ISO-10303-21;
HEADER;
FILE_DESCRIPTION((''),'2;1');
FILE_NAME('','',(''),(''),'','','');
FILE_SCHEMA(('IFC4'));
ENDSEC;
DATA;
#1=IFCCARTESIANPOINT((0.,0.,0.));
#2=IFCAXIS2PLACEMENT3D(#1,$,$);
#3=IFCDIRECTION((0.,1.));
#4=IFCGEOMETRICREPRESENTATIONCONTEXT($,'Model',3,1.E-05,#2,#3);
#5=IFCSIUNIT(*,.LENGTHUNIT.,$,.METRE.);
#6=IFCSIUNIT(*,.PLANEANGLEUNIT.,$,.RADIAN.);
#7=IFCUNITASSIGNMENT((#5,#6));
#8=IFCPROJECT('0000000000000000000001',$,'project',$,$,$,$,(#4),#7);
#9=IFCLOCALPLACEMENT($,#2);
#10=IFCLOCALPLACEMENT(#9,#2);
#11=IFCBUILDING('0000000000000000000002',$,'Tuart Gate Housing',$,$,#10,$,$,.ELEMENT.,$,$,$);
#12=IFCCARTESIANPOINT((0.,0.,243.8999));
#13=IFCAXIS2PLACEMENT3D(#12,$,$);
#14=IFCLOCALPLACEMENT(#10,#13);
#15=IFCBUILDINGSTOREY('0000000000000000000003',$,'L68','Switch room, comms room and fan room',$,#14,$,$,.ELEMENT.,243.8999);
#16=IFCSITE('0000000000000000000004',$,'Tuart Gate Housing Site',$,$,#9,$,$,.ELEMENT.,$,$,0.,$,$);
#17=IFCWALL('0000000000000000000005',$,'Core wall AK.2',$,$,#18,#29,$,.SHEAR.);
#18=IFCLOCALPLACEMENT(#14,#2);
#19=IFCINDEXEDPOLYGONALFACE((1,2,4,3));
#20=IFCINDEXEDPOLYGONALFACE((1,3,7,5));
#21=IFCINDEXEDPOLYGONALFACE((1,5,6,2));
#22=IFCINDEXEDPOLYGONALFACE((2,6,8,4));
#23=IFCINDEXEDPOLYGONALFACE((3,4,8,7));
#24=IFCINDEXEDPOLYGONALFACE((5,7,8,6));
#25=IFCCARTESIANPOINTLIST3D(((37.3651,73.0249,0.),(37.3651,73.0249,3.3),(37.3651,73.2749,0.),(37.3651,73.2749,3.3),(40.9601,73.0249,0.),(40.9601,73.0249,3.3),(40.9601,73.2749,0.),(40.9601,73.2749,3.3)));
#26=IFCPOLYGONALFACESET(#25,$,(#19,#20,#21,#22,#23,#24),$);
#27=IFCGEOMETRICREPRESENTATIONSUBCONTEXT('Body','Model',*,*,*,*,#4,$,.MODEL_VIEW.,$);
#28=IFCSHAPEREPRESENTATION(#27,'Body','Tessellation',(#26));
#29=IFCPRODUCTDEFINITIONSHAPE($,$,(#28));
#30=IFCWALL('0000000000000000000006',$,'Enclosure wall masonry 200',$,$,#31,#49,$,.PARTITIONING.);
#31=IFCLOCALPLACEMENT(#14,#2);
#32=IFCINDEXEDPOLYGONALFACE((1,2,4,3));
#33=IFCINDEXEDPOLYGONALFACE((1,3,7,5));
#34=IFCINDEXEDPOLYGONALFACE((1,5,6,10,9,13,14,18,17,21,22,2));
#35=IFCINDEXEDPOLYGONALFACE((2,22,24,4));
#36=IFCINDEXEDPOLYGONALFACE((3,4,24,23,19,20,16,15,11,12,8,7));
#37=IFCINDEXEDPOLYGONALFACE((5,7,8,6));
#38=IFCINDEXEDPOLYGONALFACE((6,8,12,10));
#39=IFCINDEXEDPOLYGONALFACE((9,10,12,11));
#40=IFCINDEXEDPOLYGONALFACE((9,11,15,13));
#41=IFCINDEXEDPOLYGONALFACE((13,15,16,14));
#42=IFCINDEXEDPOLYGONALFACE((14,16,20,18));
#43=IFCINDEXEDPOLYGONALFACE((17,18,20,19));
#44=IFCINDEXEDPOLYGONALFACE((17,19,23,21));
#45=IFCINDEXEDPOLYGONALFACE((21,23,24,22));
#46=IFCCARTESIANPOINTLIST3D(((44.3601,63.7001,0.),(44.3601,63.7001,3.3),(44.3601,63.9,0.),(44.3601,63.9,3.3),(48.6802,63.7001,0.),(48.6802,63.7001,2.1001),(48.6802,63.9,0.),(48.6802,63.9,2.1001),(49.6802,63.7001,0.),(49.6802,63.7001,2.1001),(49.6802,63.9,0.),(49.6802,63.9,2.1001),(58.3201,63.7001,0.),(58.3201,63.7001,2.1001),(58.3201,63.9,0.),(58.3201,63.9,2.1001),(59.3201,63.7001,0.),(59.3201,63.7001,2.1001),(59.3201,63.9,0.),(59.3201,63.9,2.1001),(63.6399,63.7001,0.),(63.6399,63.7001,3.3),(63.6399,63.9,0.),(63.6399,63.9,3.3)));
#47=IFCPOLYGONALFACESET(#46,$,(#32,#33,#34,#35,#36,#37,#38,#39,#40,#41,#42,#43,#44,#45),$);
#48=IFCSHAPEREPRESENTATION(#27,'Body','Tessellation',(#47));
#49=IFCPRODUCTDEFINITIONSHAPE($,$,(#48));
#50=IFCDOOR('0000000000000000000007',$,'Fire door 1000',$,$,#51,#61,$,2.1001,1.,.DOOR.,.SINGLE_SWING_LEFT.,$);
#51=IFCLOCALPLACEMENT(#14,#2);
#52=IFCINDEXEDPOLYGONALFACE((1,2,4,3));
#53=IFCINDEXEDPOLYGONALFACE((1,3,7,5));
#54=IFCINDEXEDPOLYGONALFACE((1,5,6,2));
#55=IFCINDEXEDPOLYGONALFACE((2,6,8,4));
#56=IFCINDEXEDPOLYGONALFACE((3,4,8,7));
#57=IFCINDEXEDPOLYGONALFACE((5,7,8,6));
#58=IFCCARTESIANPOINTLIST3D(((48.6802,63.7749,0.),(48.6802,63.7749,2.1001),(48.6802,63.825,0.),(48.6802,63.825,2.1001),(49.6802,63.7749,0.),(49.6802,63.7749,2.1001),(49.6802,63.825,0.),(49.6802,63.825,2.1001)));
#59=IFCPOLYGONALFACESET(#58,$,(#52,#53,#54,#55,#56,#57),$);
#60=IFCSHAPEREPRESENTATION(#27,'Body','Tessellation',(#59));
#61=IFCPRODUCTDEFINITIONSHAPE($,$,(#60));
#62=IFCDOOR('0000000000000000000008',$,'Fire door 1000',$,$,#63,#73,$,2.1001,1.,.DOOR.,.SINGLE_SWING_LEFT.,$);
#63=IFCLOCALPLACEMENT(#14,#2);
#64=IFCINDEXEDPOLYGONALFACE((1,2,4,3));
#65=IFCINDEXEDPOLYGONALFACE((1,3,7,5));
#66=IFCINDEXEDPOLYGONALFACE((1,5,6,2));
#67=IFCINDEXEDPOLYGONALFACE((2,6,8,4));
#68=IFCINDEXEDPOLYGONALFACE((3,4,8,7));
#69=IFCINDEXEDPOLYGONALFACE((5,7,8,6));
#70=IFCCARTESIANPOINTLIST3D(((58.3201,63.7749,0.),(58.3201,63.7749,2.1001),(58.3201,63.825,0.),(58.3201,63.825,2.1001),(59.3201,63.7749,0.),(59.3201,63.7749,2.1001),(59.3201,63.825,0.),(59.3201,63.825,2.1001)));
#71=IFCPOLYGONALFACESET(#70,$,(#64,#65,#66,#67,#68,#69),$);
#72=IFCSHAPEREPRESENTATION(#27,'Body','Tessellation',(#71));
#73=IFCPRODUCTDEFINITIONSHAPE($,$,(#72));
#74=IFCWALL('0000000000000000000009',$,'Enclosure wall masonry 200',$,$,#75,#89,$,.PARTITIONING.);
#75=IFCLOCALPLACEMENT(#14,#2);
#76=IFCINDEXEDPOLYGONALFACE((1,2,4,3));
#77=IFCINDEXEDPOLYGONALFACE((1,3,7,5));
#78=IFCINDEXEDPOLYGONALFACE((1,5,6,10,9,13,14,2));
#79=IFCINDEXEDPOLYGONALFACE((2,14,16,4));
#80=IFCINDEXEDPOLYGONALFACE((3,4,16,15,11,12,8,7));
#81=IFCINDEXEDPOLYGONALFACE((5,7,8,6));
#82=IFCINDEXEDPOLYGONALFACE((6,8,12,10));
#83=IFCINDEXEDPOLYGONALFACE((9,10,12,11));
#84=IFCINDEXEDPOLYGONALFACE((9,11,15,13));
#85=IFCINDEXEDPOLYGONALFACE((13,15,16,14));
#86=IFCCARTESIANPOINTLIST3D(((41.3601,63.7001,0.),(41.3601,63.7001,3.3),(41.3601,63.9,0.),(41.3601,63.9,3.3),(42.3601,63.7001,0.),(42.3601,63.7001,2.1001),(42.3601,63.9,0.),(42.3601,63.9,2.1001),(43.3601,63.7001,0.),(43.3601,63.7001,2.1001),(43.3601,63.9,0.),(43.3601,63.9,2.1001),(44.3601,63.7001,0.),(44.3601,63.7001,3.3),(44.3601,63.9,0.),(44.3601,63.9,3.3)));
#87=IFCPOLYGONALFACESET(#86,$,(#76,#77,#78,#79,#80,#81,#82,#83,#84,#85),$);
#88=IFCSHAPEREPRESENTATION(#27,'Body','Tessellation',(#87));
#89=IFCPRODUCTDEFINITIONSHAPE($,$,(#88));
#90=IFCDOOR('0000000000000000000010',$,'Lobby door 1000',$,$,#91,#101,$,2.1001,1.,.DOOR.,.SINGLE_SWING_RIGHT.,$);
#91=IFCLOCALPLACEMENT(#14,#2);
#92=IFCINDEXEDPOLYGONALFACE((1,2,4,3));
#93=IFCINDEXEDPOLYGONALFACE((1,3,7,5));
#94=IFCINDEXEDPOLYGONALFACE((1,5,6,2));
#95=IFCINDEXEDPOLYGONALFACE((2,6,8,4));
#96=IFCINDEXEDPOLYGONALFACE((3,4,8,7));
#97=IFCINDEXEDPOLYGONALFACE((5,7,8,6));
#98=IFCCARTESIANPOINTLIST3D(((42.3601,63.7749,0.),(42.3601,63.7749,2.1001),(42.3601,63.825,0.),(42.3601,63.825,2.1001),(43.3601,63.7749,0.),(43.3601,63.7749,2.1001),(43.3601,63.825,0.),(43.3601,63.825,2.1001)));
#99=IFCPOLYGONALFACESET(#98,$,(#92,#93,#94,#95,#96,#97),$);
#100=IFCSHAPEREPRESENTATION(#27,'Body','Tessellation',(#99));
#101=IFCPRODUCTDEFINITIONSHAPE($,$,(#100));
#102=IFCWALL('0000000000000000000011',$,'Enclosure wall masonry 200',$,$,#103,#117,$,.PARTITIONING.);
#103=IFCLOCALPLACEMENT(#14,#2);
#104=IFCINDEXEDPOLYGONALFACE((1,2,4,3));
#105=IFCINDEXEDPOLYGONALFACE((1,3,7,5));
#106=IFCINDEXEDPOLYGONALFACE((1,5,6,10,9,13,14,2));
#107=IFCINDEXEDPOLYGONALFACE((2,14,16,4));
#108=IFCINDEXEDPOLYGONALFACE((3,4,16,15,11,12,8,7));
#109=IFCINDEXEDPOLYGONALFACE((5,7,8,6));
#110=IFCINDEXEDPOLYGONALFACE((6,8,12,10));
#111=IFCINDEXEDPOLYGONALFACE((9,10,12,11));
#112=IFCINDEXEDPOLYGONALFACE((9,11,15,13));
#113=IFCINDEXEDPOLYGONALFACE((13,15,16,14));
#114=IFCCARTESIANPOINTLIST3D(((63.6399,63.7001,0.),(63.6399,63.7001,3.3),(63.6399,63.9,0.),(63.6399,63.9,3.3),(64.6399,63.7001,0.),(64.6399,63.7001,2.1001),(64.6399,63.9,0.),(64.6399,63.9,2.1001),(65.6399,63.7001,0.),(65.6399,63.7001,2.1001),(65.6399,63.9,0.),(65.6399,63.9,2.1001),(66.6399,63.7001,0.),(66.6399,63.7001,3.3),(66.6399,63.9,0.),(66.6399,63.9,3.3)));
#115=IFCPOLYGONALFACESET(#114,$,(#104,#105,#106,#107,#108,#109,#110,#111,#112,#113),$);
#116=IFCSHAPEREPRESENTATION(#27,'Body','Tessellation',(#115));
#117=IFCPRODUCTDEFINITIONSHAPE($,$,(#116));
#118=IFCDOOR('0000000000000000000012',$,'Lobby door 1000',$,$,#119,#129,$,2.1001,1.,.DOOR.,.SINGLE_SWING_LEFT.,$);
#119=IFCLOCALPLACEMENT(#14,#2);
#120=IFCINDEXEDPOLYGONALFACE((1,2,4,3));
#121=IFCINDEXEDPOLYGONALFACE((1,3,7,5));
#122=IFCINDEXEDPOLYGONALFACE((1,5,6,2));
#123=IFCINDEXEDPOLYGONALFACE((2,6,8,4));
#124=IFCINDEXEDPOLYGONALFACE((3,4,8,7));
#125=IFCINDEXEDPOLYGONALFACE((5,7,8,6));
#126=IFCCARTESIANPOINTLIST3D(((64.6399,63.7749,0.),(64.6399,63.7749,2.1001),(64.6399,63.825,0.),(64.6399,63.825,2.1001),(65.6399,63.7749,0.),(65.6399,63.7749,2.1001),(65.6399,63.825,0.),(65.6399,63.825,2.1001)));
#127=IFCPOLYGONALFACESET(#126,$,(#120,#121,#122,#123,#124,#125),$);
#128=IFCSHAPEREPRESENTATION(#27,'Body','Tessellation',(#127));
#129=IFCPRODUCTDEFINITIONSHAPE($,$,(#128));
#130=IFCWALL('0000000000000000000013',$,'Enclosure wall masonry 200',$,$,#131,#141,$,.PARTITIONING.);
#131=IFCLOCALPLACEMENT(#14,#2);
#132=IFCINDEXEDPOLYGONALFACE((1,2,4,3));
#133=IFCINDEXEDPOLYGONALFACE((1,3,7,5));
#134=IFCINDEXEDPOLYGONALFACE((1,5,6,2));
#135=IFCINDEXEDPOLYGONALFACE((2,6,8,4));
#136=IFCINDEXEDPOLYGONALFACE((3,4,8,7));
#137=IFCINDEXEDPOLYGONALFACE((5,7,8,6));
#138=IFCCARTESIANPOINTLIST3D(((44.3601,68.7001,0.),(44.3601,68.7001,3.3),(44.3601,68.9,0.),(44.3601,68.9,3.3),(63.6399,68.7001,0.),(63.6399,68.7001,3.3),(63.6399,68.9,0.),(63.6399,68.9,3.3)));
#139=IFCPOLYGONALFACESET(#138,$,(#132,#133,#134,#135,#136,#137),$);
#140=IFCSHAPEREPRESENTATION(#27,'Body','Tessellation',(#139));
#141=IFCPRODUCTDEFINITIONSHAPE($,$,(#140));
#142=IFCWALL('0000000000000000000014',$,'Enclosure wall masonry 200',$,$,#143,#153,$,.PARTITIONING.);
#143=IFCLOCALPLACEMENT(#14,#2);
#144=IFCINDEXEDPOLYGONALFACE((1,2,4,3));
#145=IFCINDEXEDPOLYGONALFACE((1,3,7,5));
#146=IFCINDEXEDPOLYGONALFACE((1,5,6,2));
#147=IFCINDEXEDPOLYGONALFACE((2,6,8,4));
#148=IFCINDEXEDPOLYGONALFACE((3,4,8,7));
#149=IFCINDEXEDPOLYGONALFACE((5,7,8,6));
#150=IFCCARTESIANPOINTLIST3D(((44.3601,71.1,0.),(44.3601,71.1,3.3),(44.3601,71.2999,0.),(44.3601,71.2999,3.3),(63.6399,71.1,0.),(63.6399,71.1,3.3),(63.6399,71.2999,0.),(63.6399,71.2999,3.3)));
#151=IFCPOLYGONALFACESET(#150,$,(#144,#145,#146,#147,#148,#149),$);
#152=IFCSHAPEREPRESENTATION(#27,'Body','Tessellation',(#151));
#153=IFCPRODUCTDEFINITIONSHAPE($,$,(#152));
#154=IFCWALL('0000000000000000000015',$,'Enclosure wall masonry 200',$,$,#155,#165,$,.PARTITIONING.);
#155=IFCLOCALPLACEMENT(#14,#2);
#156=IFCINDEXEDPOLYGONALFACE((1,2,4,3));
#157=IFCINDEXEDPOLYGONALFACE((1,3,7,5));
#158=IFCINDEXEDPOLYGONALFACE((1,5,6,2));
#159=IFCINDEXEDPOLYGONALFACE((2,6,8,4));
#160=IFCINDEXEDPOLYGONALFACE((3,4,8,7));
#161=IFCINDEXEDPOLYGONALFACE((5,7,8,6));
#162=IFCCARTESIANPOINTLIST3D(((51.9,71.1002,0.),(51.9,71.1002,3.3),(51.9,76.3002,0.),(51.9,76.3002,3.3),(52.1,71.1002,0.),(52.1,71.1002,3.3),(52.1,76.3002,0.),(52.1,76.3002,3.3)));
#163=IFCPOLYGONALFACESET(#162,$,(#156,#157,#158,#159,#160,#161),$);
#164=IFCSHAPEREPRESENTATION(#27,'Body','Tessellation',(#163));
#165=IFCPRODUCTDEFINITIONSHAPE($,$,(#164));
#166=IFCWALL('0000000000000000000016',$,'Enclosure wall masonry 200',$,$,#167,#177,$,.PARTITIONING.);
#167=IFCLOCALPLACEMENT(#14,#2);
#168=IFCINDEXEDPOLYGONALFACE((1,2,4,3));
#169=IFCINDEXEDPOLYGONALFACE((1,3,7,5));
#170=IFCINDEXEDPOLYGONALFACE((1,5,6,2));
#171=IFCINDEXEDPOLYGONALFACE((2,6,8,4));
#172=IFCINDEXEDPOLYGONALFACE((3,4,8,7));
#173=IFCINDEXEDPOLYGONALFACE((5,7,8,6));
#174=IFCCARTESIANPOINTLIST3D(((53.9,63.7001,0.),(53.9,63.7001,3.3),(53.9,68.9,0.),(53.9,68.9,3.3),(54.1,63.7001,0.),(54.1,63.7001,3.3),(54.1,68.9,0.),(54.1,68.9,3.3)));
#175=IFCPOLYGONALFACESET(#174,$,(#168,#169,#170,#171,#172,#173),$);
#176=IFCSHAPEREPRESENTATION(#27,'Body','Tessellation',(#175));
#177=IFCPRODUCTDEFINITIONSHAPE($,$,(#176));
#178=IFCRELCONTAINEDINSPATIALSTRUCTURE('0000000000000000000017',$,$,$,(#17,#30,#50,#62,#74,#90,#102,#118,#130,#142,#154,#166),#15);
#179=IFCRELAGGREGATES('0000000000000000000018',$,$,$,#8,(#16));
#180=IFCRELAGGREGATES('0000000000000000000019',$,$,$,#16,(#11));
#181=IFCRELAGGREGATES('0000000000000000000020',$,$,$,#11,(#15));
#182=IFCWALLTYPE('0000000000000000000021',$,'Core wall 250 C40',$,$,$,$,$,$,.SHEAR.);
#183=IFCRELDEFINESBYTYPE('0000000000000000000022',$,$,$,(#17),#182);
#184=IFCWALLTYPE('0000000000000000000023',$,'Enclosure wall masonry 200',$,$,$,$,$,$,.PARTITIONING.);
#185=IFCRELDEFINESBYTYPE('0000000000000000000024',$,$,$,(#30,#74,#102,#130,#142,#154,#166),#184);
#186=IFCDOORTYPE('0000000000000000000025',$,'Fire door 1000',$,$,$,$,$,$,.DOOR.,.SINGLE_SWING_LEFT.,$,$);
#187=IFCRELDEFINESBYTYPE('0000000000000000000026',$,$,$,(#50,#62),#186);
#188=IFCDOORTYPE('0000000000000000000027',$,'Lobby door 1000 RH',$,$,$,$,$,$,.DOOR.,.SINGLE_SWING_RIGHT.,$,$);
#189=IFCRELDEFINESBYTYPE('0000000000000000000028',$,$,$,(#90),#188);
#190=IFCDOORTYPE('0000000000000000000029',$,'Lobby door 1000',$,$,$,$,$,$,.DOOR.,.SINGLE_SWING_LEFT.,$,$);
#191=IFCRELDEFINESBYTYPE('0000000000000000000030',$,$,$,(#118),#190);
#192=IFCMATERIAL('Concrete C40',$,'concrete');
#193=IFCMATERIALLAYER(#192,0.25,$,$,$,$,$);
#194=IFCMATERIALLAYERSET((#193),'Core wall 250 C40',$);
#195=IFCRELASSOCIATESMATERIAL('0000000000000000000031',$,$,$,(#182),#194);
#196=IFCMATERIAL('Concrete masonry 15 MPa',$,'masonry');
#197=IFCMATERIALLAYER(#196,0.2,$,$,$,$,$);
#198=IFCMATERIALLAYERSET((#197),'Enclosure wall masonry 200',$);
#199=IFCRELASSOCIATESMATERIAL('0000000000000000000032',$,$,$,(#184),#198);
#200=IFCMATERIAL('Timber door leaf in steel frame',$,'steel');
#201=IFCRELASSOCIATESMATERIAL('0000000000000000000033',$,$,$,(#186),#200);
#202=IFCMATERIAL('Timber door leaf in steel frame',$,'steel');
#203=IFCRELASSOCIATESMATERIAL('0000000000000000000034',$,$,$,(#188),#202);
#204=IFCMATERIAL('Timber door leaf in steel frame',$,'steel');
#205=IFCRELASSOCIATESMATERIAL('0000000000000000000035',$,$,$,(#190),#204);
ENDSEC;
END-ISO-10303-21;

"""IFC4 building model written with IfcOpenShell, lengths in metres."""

from ifc_helpers import new_model, si_unit, direction, frame, frame_2d, origin, place, context, subcontext, project, spatial, rectangle, extrude, material, layer, layer_set, type_object, element, fill, save


model = new_model("IFC4")

# Units and contexts
model_context = context("Model", 3, precision=1e-05, world=origin(), true_north=direction((0.0, 1.0)))
body_context = subcontext(model_context, "Body", "Model", "MODEL_VIEW")
ifc_project = project(units=[si_unit("LENGTHUNIT", "METRE"), si_unit("PLANEANGLEUNIT", "RADIAN")], contexts=[model_context])

# Site, building, storey
site_placement = place(None, origin())
site = spatial("IfcSite", under=ifc_project, at=site_placement, Name="Tuart Gate Housing Site", CompositionType="ELEMENT", RefElevation=0.0)
building_placement = place(site_placement, origin())
building = spatial("IfcBuilding", under=site, at=building_placement, Name="Tuart Gate Housing", CompositionType="ELEMENT")
storey_placement = place(building_placement, frame((0.0, 0.0, 243.8999)))
storey = spatial("IfcBuildingStorey", under=building, at=storey_placement, Name="L68", Description="Switch room, comms room and fan room", CompositionType="ELEMENT", Elevation=243.8999)

# Wall
ifc_material_1 = material(Name="Concrete C40", Category="concrete")
ifc_layer_1 = layer(ifc_material_1, 0.25)
ifc_layer_set_1 = layer_set([ifc_layer_1], Name="Core wall 250 C40")
wall_type_1 = type_object("IfcWallType", Name="Core wall 250 C40", PredefinedType="SHEAR", material=ifc_layer_set_1)
wall_1_placement = place(storey_placement, frame((40.96, 73.1499, 0.0), z_axis=(0.0, 0.0, 1.0), x_axis=(-1.0, 0.0, 0.0)))
element("IfcWall", 1, at=wall_1_placement, inside=storey, type_object=wall_type_1, Name="Core wall AK.2", PredefinedType="SHEAR", context=body_context, shape_type="SweptSolid", body=[
    extrude(rectangle(XDim=3.595, YDim=0.25, at=frame_2d((1.7974, 0.0))), origin(), (0.0, 0.0, 1.0), 3.3),
])

# Wall, openings, doors
ifc_material_2 = material(Name="Concrete masonry 15 MPa", Category="masonry")
ifc_layer_2 = layer(ifc_material_2, 0.2)
ifc_layer_set_2 = layer_set([ifc_layer_2], Name="Enclosure wall masonry 200")
wall_type_2 = type_object("IfcWallType", Name="Enclosure wall masonry 200", PredefinedType="PARTITIONING", material=ifc_layer_set_2)
wall_2_placement = place(storey_placement, frame((44.3601, 63.8, 0.0), z_axis=(0.0, 0.0, 1.0), x_axis=(1.0, 0.0, 0.0)))
wall_2 = element("IfcWall", 2, at=wall_2_placement, inside=storey, type_object=wall_type_2, Name="Enclosure wall masonry 200", PredefinedType="PARTITIONING", context=body_context, shape_type="SweptSolid", body=[
    extrude(rectangle(XDim=19.2798, YDim=0.2, at=frame_2d((9.6399, 0.0))), origin(), (0.0, 0.0, 1.0), 3.3),
])
opening_1_placement = place(wall_2_placement, frame((4.3201, 0.0, 0.0)))
opening_1 = element("IfcOpeningElement", 3, at=opening_1_placement, cuts=wall_2, PredefinedType="OPENING", context=body_context, shape_type="SweptSolid", body=[
    extrude(rectangle(XDim=1.0, YDim=2.1001, at=frame_2d((0.5, 1.05))), frame((0.0, 0.1099, 0.0), z_axis=(0.0, -1.0, 0.0), x_axis=(1.0, 0.0, 0.0)), (0.0, 0.0, 1.0), 0.22),
])
opening_2_placement = place(wall_2_placement, frame((13.96, 0.0, 0.0)))
opening_2 = element("IfcOpeningElement", 4, at=opening_2_placement, cuts=wall_2, PredefinedType="OPENING", context=body_context, shape_type="SweptSolid", body=[
    extrude(rectangle(XDim=1.0, YDim=2.1001, at=frame_2d((0.5, 1.05))), frame((0.0, 0.1099, 0.0), z_axis=(0.0, -1.0, 0.0), x_axis=(1.0, 0.0, 0.0)), (0.0, 0.0, 1.0), 0.22),
])
ifc_material_3 = material(Name="Timber door leaf in steel frame", Category="steel")
door_type_1 = type_object("IfcDoorType", Name="Fire door 1000", OperationType="SINGLE_SWING_LEFT", PredefinedType="DOOR", material=ifc_material_3)
door_1_placement = place(opening_1_placement, origin())
door_1 = element("IfcDoor", 5, at=door_1_placement, inside=storey, type_object=door_type_1, Name="Fire door 1000", OperationType="SINGLE_SWING_LEFT", OverallHeight=2.1001, OverallWidth=1.0, PredefinedType="DOOR", context=body_context, shape_type="SweptSolid", body=[
    extrude(rectangle(XDim=1.0, YDim=2.1001, at=frame_2d((0.5, 1.05))), frame((0.0, 0.0249, 0.0), z_axis=(0.0, -1.0, 0.0), x_axis=(1.0, 0.0, 0.0)), (0.0, 0.0, 1.0), 0.05),
])
fill(opening_1, door_1)
door_2_placement = place(opening_2_placement, origin())
door_2 = element("IfcDoor", 6, at=door_2_placement, inside=storey, type_object=door_type_1, Name="Fire door 1000", OperationType="SINGLE_SWING_LEFT", OverallHeight=2.1001, OverallWidth=1.0, PredefinedType="DOOR", context=body_context, shape_type="SweptSolid", body=[
    extrude(rectangle(XDim=1.0, YDim=2.1001, at=frame_2d((0.5, 1.05))), frame((0.0, 0.0249, 0.0), z_axis=(0.0, -1.0, 0.0), x_axis=(1.0, 0.0, 0.0)), (0.0, 0.0, 1.0), 0.05),
])
fill(opening_2, door_2)

# Walls, openings, doors
wall_3_placement = place(storey_placement, frame((41.3601, 63.8, 0.0), z_axis=(0.0, 0.0, 1.0), x_axis=(1.0, 0.0, 0.0)))
wall_3 = element("IfcWall", 7, at=wall_3_placement, inside=storey, type_object=wall_type_2, Name="Enclosure wall masonry 200", PredefinedType="PARTITIONING", context=body_context, shape_type="SweptSolid", body=[
    extrude(rectangle(XDim=3.0, YDim=0.2, at=frame_2d((1.5, 0.0))), origin(), (0.0, 0.0, 1.0), 3.3),
])
opening_3_placement = place(wall_3_placement, frame((1.0, 0.0, 0.0)))
opening_3 = element("IfcOpeningElement", 8, at=opening_3_placement, cuts=wall_3, PredefinedType="OPENING", context=body_context, shape_type="SweptSolid", body=[
    extrude(rectangle(XDim=1.0, YDim=2.1001, at=frame_2d((0.5, 1.05))), frame((0.0, 0.1099, 0.0), z_axis=(0.0, -1.0, 0.0), x_axis=(1.0, 0.0, 0.0)), (0.0, 0.0, 1.0), 0.22),
])
ifc_material_4 = material(Name="Timber door leaf in steel frame", Category="steel")
door_type_2 = type_object("IfcDoorType", Name="Lobby door 1000 RH", OperationType="SINGLE_SWING_RIGHT", PredefinedType="DOOR", material=ifc_material_4)
door_3_placement = place(opening_3_placement, origin())
door_3 = element("IfcDoor", 9, at=door_3_placement, inside=storey, type_object=door_type_2, Name="Lobby door 1000", OperationType="SINGLE_SWING_RIGHT", OverallHeight=2.1001, OverallWidth=1.0, PredefinedType="DOOR", context=body_context, shape_type="SweptSolid", body=[
    extrude(rectangle(XDim=1.0, YDim=2.1001, at=frame_2d((0.5, 1.05))), frame((0.0, 0.0249, 0.0), z_axis=(0.0, -1.0, 0.0), x_axis=(1.0, 0.0, 0.0)), (0.0, 0.0, 1.0), 0.05),
])
fill(opening_3, door_3)
wall_4_placement = place(storey_placement, frame((63.6399, 63.8, 0.0), z_axis=(0.0, 0.0, 1.0), x_axis=(1.0, 0.0, 0.0)))
wall_4 = element("IfcWall", 10, at=wall_4_placement, inside=storey, type_object=wall_type_2, Name="Enclosure wall masonry 200", PredefinedType="PARTITIONING", context=body_context, shape_type="SweptSolid", body=[
    extrude(rectangle(XDim=3.0, YDim=0.2, at=frame_2d((1.5, 0.0))), origin(), (0.0, 0.0, 1.0), 3.3),
])
opening_4_placement = place(wall_4_placement, frame((1.0, 0.0, 0.0)))
opening_4 = element("IfcOpeningElement", 11, at=opening_4_placement, cuts=wall_4, PredefinedType="OPENING", context=body_context, shape_type="SweptSolid", body=[
    extrude(rectangle(XDim=1.0, YDim=2.1001, at=frame_2d((0.5, 1.05))), frame((0.0, 0.1099, 0.0), z_axis=(0.0, -1.0, 0.0), x_axis=(1.0, 0.0, 0.0)), (0.0, 0.0, 1.0), 0.22),
])
ifc_material_5 = material(Name="Timber door leaf in steel frame", Category="steel")
door_type_3 = type_object("IfcDoorType", Name="Lobby door 1000", OperationType="SINGLE_SWING_LEFT", PredefinedType="DOOR", material=ifc_material_5)
door_4_placement = place(opening_4_placement, origin())
door_4 = element("IfcDoor", 12, at=door_4_placement, inside=storey, type_object=door_type_3, Name="Lobby door 1000", OperationType="SINGLE_SWING_LEFT", OverallHeight=2.1001, OverallWidth=1.0, PredefinedType="DOOR", context=body_context, shape_type="SweptSolid", body=[
    extrude(rectangle(XDim=1.0, YDim=2.1001, at=frame_2d((0.5, 1.05))), frame((0.0, 0.0249, 0.0), z_axis=(0.0, -1.0, 0.0), x_axis=(1.0, 0.0, 0.0)), (0.0, 0.0, 1.0), 0.05),
])
fill(opening_4, door_4)

# Walls
for number, where, z_axis, x_axis, name in (
    (13, (44.3601, 68.8, 0.0), (0.0, 0.0, 1.0), (1.0, 0.0, 0.0), "Enclosure wall masonry 200"),
    (14, (44.3601, 71.2, 0.0), (0.0, 0.0, 1.0), (1.0, 0.0, 0.0), "Enclosure wall masonry 200"),
):
    element("IfcWall", number, at=place(storey_placement, frame(where, z_axis=z_axis, x_axis=x_axis)), inside=storey, type_object=wall_type_2, Name=name, PredefinedType="PARTITIONING", context=body_context, shape_type="SweptSolid", body=[
        extrude(rectangle(XDim=19.2798, YDim=0.2, at=frame_2d((9.6399, 0.0))), origin(), (0.0, 0.0, 1.0), 3.3),
    ])
for number, where, z_axis, x_axis, name in (
    (15, (52.0, 71.1001, 0.0), (0.0, 0.0, 1.0), (0.0, 1.0, 0.0), "Enclosure wall masonry 200"),
    (16, (54.0, 63.7, 0.0), (0.0, 0.0, 1.0), (0.0, 1.0, 0.0), "Enclosure wall masonry 200"),
):
    element("IfcWall", number, at=place(storey_placement, frame(where, z_axis=z_axis, x_axis=x_axis)), inside=storey, type_object=wall_type_2, Name=name, PredefinedType="PARTITIONING", context=body_context, shape_type="SweptSolid", body=[
        extrude(rectangle(XDim=5.2, YDim=0.2, at=frame_2d((2.6001, 0.0))), origin(), (0.0, 0.0, 1.0), 3.3),
    ])

save(model, "model.ifc")
